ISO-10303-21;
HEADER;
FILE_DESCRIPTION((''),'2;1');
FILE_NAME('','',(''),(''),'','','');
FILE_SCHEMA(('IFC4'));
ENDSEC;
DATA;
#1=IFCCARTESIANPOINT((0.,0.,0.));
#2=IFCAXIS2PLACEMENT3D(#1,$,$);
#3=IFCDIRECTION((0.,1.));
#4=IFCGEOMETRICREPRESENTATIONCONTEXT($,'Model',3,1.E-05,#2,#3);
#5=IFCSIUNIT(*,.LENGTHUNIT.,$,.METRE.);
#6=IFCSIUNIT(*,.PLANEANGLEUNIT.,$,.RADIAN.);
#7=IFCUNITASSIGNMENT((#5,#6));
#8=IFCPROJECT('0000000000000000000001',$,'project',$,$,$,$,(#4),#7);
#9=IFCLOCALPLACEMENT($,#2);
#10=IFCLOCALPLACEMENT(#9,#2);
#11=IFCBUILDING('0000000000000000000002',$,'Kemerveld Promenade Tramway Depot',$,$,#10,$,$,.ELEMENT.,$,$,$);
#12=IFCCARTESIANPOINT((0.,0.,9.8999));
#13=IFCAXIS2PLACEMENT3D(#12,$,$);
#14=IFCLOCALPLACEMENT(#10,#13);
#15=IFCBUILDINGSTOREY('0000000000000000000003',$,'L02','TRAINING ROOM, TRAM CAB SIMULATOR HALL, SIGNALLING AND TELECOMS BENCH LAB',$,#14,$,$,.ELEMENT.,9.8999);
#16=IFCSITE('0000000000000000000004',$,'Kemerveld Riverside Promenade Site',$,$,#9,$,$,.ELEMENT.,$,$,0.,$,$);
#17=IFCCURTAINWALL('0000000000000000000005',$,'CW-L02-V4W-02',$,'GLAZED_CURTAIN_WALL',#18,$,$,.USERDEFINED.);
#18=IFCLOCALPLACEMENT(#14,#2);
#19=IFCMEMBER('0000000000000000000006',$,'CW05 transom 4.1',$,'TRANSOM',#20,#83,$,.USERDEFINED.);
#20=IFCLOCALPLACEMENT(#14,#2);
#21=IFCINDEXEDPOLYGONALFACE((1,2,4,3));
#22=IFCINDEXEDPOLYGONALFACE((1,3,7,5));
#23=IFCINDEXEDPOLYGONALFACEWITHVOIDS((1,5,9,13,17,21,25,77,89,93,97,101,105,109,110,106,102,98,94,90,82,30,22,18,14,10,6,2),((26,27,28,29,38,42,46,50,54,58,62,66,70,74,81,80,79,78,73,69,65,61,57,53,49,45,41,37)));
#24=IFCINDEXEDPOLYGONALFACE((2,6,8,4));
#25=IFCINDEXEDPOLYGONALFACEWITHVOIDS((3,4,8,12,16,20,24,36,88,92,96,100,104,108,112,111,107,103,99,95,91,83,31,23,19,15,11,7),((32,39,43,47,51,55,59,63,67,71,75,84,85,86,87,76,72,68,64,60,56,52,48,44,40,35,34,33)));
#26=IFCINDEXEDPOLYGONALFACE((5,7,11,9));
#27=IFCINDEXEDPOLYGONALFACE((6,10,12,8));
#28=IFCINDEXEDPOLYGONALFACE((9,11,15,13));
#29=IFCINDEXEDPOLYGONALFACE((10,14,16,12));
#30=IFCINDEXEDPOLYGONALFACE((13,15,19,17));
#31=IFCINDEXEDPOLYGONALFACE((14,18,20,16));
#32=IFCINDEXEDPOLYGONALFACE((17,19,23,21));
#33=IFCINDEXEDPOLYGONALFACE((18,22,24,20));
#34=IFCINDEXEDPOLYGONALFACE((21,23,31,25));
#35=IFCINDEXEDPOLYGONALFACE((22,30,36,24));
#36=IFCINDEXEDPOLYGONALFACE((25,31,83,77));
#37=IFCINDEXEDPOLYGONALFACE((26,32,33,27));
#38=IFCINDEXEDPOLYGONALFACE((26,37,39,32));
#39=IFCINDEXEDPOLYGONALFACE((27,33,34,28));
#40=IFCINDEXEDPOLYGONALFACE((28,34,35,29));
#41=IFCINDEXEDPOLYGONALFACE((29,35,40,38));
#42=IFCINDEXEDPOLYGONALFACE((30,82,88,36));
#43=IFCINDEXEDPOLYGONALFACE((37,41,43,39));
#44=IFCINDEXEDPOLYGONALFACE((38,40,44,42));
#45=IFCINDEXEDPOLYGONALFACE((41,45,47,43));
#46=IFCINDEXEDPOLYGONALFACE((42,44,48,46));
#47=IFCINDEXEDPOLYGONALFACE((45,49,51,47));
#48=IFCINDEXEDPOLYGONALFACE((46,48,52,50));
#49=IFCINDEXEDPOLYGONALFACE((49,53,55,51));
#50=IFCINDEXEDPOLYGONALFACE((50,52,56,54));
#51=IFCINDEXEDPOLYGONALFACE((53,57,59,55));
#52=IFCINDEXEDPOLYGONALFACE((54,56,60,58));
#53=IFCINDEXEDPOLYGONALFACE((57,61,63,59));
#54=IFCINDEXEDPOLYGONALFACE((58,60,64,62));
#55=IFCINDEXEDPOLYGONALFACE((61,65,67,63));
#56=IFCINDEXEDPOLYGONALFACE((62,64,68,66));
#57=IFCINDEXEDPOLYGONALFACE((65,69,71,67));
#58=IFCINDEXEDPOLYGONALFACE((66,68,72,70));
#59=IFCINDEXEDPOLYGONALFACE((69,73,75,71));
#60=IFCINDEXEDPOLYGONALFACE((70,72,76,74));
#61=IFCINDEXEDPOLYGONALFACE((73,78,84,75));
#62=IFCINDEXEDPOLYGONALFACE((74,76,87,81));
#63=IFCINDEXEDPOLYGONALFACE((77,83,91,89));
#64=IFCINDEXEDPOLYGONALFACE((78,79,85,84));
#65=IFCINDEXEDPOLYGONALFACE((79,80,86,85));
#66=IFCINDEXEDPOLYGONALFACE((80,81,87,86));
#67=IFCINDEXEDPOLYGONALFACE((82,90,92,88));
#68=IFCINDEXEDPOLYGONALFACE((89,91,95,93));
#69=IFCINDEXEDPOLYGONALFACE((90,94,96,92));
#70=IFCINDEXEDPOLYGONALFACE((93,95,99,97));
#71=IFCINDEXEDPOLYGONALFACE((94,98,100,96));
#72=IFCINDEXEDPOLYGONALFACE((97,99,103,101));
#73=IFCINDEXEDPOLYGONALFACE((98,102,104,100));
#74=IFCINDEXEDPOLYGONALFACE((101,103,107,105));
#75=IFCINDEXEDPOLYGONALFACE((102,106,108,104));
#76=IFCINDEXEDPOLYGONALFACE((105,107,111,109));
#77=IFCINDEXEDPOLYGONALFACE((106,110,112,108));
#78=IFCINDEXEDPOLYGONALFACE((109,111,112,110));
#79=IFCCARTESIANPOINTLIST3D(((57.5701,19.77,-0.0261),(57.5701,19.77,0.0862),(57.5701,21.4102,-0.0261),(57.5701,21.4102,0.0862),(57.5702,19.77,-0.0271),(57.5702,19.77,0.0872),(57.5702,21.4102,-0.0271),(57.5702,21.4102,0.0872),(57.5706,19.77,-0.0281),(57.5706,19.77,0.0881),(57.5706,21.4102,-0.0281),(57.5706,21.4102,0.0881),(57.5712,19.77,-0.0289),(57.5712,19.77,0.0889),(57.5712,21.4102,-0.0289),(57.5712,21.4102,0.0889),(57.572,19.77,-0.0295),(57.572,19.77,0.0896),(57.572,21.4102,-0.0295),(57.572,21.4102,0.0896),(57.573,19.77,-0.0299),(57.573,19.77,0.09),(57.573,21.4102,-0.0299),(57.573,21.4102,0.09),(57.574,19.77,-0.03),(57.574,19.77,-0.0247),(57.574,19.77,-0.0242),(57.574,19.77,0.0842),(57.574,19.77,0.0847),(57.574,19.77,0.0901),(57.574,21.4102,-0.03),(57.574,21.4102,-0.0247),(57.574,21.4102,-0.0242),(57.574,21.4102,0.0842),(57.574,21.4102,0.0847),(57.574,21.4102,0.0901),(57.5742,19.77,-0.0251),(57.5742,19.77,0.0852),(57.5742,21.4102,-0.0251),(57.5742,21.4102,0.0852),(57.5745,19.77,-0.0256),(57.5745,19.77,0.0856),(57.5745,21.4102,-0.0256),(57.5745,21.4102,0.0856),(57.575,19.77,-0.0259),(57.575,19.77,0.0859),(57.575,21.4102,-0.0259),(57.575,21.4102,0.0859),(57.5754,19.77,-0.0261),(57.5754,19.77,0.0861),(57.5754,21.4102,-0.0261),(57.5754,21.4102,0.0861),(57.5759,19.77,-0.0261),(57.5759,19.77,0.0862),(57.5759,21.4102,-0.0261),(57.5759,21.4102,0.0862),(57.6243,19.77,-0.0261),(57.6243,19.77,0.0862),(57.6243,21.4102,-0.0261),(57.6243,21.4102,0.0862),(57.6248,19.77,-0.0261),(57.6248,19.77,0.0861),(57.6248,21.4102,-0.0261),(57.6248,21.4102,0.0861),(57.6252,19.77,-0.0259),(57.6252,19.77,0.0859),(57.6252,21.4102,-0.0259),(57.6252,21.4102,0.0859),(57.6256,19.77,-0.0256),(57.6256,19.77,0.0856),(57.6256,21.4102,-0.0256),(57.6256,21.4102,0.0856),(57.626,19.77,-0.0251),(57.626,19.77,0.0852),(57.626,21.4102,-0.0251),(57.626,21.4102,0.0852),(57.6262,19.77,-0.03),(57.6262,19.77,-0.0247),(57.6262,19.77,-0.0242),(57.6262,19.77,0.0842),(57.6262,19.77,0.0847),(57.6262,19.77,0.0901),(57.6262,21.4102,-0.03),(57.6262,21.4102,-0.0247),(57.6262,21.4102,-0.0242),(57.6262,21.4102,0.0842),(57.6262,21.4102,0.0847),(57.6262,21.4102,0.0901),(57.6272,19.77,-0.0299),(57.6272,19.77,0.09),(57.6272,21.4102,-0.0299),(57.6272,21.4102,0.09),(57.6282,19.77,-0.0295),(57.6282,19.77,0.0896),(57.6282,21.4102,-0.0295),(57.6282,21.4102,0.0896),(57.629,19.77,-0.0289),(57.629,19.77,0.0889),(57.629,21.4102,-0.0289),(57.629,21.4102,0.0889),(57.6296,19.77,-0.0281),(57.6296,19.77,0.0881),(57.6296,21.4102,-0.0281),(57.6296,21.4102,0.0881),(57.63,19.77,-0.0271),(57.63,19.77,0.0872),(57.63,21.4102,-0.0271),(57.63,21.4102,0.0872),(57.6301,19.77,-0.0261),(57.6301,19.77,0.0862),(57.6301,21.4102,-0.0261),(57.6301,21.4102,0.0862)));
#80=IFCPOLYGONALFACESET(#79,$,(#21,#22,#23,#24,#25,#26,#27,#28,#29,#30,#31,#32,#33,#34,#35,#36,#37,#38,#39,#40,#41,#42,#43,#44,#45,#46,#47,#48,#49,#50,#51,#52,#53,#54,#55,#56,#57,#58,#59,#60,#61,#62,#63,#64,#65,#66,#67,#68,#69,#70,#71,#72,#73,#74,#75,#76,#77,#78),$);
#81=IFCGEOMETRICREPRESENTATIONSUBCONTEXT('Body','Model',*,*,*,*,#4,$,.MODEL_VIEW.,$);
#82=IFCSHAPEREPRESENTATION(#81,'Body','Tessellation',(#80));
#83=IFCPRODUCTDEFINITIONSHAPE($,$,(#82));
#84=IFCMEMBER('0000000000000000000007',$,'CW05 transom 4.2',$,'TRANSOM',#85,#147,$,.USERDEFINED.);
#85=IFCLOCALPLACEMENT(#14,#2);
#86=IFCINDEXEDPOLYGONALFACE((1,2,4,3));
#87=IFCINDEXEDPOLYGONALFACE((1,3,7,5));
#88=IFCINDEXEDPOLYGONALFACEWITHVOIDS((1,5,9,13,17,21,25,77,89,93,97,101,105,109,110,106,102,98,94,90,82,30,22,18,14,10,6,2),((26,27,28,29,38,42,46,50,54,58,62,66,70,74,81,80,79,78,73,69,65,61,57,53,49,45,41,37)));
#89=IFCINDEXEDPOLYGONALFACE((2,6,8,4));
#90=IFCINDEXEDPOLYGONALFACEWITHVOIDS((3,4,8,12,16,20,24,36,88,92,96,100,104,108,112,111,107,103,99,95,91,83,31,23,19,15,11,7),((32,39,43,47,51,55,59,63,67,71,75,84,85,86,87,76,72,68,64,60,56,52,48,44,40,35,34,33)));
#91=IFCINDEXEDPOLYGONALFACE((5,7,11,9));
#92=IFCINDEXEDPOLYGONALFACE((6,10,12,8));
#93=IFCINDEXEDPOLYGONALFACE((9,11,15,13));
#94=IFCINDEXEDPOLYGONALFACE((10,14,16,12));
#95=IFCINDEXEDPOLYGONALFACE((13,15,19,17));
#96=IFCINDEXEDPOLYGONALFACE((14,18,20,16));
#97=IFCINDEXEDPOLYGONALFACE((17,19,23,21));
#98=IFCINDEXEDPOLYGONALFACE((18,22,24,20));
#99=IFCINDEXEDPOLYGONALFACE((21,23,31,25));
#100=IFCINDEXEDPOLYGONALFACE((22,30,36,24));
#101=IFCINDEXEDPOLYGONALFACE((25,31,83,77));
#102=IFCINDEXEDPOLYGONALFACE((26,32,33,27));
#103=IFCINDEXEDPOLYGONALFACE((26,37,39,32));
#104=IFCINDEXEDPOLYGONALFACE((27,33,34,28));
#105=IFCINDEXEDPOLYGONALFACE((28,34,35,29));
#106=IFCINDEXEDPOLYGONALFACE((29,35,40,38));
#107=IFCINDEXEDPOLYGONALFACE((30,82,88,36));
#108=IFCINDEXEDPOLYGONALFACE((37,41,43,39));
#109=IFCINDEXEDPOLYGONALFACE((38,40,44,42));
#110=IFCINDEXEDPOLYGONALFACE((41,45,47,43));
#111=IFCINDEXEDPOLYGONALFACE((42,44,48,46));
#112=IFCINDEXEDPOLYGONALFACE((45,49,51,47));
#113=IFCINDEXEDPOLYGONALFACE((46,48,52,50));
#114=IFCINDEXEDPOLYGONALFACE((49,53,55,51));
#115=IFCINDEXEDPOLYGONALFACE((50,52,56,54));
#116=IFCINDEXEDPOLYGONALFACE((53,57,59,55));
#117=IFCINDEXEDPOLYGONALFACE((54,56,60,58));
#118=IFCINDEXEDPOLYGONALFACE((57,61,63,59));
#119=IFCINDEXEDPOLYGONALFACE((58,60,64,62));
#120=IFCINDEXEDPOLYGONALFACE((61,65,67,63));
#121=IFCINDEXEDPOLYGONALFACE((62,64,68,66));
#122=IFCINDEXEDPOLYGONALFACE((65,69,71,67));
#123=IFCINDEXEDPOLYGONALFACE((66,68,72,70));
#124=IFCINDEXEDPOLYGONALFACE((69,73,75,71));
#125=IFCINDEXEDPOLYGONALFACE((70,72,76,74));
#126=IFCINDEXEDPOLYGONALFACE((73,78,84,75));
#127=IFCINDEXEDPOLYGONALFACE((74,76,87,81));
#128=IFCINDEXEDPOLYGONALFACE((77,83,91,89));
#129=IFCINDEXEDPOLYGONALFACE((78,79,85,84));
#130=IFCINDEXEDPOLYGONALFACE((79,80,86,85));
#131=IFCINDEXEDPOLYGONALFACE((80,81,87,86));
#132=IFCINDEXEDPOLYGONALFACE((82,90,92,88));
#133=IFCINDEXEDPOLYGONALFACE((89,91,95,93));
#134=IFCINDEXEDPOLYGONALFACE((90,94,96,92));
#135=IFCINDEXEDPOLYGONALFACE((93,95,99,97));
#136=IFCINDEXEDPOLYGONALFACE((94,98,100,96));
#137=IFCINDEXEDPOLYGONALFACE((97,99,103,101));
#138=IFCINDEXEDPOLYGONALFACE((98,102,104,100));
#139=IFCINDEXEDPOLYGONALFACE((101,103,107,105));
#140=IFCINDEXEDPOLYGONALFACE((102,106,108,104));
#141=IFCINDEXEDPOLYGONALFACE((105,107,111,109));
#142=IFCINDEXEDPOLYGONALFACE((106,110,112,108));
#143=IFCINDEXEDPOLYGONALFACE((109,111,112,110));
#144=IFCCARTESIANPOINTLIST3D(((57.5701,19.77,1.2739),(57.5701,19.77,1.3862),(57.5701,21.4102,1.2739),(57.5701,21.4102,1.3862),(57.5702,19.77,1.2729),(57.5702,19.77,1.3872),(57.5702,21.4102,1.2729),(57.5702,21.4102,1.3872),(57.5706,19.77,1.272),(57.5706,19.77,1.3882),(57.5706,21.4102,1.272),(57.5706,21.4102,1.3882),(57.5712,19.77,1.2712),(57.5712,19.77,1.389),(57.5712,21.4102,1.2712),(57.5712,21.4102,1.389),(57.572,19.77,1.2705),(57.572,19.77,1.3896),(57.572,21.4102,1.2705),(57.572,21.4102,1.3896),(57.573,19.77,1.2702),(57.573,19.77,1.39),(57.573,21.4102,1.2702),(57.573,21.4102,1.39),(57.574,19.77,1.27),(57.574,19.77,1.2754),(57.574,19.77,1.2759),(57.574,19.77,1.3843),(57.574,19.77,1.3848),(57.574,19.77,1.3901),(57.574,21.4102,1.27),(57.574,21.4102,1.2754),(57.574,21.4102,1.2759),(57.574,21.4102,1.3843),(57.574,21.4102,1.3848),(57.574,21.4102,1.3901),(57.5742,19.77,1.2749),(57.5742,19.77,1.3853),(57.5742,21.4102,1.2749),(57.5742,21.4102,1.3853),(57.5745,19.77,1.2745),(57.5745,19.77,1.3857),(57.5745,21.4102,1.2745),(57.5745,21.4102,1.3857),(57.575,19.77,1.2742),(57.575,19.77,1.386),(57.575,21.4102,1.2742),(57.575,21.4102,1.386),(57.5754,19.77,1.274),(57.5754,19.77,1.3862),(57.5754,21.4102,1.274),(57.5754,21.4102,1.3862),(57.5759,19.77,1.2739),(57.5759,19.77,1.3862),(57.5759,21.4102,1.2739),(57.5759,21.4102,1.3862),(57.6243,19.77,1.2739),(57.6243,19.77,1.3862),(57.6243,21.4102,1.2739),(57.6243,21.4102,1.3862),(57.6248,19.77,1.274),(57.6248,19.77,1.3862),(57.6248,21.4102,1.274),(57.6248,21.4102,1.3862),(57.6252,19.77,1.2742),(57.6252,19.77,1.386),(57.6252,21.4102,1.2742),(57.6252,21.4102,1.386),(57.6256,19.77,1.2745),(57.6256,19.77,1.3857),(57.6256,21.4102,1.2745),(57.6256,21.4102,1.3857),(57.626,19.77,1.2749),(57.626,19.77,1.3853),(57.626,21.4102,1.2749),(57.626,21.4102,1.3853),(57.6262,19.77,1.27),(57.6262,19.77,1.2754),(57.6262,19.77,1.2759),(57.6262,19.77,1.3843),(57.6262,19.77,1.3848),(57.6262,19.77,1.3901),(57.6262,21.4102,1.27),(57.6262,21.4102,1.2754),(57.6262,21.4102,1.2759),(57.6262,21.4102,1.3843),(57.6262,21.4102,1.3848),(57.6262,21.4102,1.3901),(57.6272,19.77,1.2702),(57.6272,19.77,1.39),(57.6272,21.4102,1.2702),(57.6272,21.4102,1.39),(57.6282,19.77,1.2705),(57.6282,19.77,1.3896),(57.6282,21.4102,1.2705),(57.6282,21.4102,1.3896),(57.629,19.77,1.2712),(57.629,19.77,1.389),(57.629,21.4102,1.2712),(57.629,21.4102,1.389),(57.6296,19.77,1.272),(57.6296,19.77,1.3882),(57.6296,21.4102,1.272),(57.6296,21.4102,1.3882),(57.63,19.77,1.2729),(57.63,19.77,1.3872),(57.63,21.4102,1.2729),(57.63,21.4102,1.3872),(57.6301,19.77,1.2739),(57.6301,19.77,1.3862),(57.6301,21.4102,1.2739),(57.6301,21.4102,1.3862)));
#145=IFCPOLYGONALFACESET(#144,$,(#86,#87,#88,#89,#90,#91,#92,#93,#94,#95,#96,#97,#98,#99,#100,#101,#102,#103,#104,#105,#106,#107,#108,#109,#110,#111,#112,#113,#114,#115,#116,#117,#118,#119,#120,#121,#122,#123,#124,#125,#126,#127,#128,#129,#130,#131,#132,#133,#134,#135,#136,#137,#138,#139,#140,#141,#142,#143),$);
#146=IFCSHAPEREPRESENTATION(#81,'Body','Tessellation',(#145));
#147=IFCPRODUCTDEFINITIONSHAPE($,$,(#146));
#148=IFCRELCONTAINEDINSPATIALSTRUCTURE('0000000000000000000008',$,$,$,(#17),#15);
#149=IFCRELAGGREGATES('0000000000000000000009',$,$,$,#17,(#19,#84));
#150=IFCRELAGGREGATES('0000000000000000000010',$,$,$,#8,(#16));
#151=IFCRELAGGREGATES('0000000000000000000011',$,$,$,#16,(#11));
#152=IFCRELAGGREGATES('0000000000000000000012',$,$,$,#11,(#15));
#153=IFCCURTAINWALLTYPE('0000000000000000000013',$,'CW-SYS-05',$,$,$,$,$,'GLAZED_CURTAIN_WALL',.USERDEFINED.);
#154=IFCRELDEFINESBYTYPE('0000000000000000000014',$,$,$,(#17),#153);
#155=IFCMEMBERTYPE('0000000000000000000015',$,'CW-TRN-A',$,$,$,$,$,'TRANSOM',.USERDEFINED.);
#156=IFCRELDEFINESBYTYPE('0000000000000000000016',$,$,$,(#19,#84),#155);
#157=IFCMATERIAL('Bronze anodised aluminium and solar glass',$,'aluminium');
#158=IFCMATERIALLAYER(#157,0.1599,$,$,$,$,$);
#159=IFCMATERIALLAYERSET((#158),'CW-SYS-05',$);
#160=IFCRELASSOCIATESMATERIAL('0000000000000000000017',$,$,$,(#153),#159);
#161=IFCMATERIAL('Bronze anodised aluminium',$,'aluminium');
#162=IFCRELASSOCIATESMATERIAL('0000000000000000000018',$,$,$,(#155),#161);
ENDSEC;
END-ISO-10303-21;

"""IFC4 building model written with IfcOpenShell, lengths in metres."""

from ifc_helpers import new_model, si_unit, direction, frame, origin, origin_2d, place, context, subcontext, project, spatial, hollow_rectangle, extrude, material, layer, layer_set, material_profile, profile_set, type_object, element, aggregate, save


model = new_model("IFC4")

# Units and contexts
model_context = context("Model", 3, precision=1e-05, world=origin(), true_north=direction((0.0, 1.0)))
body_context = subcontext(model_context, "Body", "Model", "MODEL_VIEW")
ifc_project = project(units=[si_unit("LENGTHUNIT", "METRE"), si_unit("PLANEANGLEUNIT", "RADIAN")], contexts=[model_context])

# Site, building, storey
site_placement = place(None, origin())
site = spatial("IfcSite", under=ifc_project, at=site_placement, Name="Kemerveld Riverside Promenade Site", CompositionType="ELEMENT", RefElevation=0.0)
building_placement = place(site_placement, origin())
building = spatial("IfcBuilding", under=site, at=building_placement, Name="Kemerveld Promenade Tramway Depot", CompositionType="ELEMENT")
storey_placement = place(building_placement, frame((0.0, 0.0, 9.8999)))
storey = spatial("IfcBuildingStorey", under=building, at=storey_placement, Name="L02", Description="TRAINING ROOM, TRAM CAB SIMULATOR HALL, SIGNALLING AND TELECOMS BENCH LAB", CompositionType="ELEMENT", Elevation=9.8999)

# Curtain wall, members
ifc_material_1 = material(Name="Bronze anodised aluminium and solar glass", Category="aluminium")
ifc_layer_1 = layer(ifc_material_1, 0.1599)
ifc_layer_set_1 = layer_set([ifc_layer_1], Name="CW-SYS-05")
curtain_wall_type = type_object("IfcCurtainWallType", Name="CW-SYS-05", ElementType="GLAZED_CURTAIN_WALL", PredefinedType="USERDEFINED", material=ifc_layer_set_1)
curtain_wall_placement = place(storey_placement, origin())
curtain_wall = element("IfcCurtainWall", 1, at=curtain_wall_placement, inside=storey, type_object=curtain_wall_type, Name="CW-L02-V4W-02", ObjectType="GLAZED_CURTAIN_WALL", PredefinedType="USERDEFINED")
ifc_material_2 = material(Name="Bronze anodised aluminium", Category="aluminium")
ifc_material_profile_1 = material_profile(ifc_material_2, hollow_rectangle(XDim=0.0601, YDim=0.1201, WallThickness=0.0039, InnerFilletRadius=0.002, OuterFilletRadius=0.0039, at=origin_2d()), Name="CW-TRN-120x60")
ifc_profile_set_1 = profile_set([ifc_material_profile_1], Name="Bronze anodised aluminium")
member_type_1 = type_object("IfcMemberType", Name="CW-TRN-A", ElementType="TRANSOM", PredefinedType="USERDEFINED", material=ifc_profile_set_1)
member_1_placement = place(storey_placement, frame((57.6001, 19.77, 0.03), z_axis=(0.0, 1.0, 0.0), x_axis=(-1.0, 0.0, 0.0)))
member_1 = element("IfcMember", 2, at=member_1_placement, type_object=member_type_1, Name="CW05 transom 4.1", ObjectType="TRANSOM", PredefinedType="USERDEFINED", context=body_context, shape_type="SweptSolid", body=[
    extrude(hollow_rectangle(XDim=0.0601, YDim=0.1201, WallThickness=0.0039, InnerFilletRadius=0.002, OuterFilletRadius=0.0039, at=origin_2d()), origin(), (0.0, 0.0, 1.0), 1.6401),
])
member_2_placement = place(storey_placement, frame((57.6001, 19.77, 1.3301), z_axis=(0.0, 1.0, 0.0), x_axis=(-1.0, 0.0, 0.0)))
member_2 = element("IfcMember", 3, at=member_2_placement, type_object=member_type_1, Name="CW05 transom 4.2", ObjectType="TRANSOM", PredefinedType="USERDEFINED", context=body_context, shape_type="SweptSolid", body=[
    extrude(hollow_rectangle(XDim=0.0601, YDim=0.1201, WallThickness=0.0039, InnerFilletRadius=0.002, OuterFilletRadius=0.0039, at=origin_2d()), origin(), (0.0, 0.0, 1.0), 1.6401),
])

aggregate(curtain_wall, [member_1, member_2])

save(model, "model.ifc")
